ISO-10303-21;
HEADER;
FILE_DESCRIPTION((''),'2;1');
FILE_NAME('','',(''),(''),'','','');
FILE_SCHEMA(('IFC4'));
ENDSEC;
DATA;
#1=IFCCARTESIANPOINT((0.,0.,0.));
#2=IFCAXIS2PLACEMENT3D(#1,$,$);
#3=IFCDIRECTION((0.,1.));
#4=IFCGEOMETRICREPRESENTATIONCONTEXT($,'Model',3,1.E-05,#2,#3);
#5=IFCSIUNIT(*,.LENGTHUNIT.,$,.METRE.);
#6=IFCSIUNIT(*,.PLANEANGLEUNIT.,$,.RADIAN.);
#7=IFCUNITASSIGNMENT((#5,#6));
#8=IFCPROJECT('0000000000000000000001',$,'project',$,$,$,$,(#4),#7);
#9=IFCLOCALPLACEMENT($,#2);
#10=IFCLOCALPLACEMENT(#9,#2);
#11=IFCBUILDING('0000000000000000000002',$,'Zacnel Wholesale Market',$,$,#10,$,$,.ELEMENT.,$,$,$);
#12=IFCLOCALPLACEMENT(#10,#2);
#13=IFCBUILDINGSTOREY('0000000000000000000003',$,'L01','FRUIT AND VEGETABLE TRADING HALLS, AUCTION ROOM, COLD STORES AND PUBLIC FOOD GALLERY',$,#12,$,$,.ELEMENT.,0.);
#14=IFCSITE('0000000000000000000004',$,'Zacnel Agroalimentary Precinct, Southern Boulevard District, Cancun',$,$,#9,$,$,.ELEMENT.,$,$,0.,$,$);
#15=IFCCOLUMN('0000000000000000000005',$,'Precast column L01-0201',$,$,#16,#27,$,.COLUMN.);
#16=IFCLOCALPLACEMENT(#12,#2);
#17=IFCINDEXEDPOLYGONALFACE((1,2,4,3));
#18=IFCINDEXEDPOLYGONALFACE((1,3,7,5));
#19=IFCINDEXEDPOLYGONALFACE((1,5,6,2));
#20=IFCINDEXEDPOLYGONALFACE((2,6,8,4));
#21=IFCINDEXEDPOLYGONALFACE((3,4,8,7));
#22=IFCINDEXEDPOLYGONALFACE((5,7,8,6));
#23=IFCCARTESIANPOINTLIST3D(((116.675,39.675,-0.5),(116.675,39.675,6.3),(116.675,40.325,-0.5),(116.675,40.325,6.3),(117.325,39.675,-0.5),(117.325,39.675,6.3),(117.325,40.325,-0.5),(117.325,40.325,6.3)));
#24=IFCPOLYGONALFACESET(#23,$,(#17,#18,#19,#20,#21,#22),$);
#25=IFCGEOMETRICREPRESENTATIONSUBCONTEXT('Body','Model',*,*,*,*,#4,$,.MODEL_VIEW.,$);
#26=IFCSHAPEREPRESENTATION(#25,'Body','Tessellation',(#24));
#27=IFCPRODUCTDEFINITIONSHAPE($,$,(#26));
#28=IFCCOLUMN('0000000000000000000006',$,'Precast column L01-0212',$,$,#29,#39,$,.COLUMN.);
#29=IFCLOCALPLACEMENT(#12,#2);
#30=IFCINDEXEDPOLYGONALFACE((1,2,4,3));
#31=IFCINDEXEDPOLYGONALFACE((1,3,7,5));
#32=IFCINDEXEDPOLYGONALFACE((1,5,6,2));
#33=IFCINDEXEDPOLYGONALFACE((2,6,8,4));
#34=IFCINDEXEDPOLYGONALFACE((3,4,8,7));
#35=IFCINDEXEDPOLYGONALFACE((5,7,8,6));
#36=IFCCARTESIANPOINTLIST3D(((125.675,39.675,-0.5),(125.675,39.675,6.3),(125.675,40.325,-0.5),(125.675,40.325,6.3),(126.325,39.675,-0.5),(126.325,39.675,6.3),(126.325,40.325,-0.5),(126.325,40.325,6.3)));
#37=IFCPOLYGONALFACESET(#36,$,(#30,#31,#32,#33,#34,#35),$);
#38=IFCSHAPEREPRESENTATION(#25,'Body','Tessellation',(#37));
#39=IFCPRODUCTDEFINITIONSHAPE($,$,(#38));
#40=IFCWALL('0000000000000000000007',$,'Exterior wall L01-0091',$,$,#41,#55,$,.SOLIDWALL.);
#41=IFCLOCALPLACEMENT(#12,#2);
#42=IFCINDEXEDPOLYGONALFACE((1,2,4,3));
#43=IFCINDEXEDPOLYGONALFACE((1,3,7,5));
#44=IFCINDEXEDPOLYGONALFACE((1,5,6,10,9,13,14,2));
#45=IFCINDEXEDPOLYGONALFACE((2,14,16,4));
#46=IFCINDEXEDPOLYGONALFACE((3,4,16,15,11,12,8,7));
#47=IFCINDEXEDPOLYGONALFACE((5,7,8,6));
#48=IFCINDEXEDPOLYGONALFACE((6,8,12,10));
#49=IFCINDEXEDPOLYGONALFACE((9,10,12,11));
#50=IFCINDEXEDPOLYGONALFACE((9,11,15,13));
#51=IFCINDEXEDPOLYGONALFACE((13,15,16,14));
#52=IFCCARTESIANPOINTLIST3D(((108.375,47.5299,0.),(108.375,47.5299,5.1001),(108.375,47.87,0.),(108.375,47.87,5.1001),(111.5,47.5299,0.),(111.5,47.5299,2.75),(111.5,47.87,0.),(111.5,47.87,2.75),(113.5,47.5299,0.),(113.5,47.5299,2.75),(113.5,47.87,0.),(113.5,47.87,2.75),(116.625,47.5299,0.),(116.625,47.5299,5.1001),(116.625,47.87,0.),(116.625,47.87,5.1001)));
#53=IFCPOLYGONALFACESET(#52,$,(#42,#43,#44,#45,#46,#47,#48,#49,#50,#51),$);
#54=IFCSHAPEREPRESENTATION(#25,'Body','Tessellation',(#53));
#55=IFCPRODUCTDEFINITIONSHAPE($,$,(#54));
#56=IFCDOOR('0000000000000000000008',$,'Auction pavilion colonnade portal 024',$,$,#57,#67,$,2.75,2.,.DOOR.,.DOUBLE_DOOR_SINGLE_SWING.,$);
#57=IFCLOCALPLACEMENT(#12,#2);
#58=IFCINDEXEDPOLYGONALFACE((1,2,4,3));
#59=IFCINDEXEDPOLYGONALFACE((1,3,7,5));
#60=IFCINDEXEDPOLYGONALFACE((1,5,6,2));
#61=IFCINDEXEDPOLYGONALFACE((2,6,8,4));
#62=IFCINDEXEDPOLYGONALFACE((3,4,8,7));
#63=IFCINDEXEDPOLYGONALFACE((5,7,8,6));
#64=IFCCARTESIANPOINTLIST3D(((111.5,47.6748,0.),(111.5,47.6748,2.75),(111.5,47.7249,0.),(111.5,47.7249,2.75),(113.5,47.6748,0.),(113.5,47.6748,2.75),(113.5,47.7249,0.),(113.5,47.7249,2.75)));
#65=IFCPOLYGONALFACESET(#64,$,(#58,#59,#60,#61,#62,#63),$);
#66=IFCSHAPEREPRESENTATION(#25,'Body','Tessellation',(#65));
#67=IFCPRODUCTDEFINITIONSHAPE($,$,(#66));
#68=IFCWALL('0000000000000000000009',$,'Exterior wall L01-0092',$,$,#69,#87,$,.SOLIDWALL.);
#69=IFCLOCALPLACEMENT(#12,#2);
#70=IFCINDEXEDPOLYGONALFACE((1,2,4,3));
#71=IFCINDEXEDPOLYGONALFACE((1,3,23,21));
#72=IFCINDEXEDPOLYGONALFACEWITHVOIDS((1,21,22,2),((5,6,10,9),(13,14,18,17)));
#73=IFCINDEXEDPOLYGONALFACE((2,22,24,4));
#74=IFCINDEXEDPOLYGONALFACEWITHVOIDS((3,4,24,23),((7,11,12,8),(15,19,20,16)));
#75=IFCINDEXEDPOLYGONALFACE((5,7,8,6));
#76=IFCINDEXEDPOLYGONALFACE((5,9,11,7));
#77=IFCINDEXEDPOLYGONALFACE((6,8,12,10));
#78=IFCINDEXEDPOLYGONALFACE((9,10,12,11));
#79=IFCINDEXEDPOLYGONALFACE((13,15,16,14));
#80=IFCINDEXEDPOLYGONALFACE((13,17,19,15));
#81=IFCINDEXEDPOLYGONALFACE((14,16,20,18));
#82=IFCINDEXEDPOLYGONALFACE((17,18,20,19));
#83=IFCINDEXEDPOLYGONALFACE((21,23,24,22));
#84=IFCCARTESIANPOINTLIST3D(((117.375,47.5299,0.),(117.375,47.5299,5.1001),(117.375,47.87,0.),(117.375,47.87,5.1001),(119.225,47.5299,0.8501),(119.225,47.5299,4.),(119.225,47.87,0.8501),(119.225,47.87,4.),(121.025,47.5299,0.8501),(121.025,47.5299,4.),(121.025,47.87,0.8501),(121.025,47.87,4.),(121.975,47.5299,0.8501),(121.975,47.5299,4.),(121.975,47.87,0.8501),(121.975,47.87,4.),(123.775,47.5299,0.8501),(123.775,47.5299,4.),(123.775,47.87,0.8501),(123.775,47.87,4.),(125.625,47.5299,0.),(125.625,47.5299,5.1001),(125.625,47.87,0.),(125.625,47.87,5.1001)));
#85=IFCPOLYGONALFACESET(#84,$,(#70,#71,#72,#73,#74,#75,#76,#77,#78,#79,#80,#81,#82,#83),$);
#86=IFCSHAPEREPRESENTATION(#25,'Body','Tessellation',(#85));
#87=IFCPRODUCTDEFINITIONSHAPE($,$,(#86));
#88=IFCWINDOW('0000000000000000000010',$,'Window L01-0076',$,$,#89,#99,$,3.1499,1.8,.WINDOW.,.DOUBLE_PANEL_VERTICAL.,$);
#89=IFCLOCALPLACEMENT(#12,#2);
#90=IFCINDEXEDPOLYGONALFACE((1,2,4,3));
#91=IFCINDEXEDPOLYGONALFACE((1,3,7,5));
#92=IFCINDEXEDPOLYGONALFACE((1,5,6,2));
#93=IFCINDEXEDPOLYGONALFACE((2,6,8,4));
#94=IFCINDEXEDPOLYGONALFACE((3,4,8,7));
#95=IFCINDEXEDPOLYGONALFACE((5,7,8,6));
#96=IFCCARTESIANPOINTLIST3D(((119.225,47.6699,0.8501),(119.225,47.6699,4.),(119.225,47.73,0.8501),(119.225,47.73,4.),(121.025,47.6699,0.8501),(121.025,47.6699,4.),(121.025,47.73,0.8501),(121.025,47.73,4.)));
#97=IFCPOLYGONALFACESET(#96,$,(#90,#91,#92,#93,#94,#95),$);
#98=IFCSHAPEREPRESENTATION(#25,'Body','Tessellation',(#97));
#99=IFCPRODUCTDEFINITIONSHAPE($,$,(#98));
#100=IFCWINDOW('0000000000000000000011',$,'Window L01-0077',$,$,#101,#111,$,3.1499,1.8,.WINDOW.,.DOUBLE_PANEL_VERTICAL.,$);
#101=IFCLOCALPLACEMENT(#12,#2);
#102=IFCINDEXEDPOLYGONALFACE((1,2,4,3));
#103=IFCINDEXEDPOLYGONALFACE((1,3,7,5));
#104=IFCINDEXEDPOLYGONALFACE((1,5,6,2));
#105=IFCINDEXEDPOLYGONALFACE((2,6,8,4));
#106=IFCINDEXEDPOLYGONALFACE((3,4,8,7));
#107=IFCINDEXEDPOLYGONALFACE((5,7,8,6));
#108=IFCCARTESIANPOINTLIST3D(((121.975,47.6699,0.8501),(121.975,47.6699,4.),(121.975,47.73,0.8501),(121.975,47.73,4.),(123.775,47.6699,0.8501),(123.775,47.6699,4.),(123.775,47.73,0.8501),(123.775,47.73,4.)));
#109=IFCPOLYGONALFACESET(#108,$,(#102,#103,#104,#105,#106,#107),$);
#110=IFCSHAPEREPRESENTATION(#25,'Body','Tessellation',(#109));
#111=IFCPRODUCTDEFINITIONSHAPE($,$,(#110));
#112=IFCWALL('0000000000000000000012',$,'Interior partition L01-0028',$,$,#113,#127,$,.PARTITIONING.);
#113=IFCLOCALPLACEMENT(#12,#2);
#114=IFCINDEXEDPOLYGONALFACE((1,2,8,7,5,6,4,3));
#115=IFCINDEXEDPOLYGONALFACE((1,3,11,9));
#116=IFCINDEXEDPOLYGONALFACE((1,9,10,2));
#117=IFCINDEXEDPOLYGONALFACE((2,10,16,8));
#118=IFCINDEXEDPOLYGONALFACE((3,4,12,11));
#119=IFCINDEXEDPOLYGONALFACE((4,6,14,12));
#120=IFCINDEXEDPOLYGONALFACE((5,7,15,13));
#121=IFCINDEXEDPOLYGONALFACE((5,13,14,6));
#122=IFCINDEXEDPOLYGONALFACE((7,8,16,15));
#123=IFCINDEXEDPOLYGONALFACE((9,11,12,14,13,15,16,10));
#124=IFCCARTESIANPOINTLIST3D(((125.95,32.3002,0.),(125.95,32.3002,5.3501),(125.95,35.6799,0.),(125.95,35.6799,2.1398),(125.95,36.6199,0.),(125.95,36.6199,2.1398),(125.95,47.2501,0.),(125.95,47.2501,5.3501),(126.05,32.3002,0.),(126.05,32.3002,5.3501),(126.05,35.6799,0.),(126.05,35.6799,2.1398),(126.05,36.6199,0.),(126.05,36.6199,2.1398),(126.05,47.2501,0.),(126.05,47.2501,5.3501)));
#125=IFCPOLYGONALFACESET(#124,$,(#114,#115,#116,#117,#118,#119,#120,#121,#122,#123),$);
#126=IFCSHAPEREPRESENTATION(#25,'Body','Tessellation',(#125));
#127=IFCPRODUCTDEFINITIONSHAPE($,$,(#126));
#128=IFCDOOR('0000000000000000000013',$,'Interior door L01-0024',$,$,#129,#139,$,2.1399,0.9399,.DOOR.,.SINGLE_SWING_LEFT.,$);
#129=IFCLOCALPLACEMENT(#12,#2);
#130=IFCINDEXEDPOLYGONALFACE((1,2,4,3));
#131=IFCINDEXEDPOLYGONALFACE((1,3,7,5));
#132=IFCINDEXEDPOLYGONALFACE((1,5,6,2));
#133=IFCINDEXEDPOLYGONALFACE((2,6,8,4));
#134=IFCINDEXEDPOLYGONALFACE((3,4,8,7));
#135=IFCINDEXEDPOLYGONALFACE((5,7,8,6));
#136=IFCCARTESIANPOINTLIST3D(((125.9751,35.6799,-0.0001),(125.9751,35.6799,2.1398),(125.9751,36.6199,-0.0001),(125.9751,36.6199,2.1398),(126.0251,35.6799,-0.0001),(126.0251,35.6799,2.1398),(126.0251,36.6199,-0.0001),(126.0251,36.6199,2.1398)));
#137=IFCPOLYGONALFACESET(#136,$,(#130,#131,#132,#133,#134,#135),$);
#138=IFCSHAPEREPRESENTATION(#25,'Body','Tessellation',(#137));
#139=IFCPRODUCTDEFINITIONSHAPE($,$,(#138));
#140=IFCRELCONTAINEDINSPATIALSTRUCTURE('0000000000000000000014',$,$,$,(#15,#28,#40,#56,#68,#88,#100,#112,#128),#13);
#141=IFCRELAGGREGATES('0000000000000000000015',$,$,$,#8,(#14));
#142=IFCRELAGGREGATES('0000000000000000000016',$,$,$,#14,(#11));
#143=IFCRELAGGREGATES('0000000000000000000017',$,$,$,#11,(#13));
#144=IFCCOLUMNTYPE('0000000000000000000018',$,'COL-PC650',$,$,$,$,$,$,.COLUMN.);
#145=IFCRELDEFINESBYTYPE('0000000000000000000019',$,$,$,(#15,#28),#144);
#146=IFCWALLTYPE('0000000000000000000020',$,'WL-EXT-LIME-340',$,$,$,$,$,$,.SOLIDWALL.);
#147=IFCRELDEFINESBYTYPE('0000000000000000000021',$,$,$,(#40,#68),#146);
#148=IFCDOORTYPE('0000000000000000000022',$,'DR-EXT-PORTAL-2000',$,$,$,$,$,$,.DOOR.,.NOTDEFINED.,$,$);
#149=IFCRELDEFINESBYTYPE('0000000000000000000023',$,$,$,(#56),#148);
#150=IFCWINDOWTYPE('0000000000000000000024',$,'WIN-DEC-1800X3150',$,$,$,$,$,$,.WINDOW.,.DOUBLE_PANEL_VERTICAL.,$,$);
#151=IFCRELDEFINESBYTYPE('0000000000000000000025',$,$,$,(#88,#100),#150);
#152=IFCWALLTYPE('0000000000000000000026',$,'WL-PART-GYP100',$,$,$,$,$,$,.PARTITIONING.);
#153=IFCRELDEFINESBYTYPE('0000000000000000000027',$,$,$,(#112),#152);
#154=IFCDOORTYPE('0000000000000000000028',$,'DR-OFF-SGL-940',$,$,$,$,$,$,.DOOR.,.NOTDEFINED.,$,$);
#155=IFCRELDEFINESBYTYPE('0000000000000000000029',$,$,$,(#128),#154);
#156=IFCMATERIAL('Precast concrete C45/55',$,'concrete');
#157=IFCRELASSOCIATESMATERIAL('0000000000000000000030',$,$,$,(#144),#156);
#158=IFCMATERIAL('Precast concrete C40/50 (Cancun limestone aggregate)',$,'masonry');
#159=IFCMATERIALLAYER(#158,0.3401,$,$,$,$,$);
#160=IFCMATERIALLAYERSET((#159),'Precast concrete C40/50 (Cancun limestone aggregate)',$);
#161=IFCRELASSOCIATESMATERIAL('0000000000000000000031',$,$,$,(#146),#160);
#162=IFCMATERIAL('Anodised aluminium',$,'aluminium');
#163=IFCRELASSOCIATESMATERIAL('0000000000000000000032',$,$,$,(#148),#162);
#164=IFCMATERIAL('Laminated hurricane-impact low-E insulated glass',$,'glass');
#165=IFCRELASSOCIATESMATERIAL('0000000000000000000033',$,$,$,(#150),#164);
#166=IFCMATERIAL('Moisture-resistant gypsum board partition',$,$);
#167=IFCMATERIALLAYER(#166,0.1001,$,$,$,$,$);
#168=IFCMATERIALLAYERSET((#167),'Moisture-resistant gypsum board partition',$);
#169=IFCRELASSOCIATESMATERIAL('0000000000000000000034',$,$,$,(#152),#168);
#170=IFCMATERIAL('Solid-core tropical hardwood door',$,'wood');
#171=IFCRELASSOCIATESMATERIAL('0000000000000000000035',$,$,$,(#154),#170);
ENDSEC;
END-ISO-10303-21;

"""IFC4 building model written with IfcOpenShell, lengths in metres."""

from ifc_helpers import new_model, si_unit, direction, frame, frame_2d, origin, origin_2d, place, context, subcontext, project, spatial, rectangle, extrude, material, layer, layer_set, material_profile, profile_set, type_object, element, fill, save


model = new_model("IFC4")

# Units and contexts
model_context = context("Model", 3, precision=1e-05, world=origin(), true_north=direction((0.0, 1.0)))
body_context = subcontext(model_context, "Body", "Model", "MODEL_VIEW")
ifc_project = project(units=[si_unit("LENGTHUNIT", "METRE"), si_unit("PLANEANGLEUNIT", "RADIAN")], contexts=[model_context])

# Site, building, storey
site_placement = place(None, origin())
site = spatial("IfcSite", under=ifc_project, at=site_placement, Name="Zacnel Agroalimentary Precinct, Southern Boulevard District, Cancun", CompositionType="ELEMENT", RefElevation=0.0)
building_placement = place(site_placement, origin())
building = spatial("IfcBuilding", under=site, at=building_placement, Name="Zacnel Wholesale Market", CompositionType="ELEMENT")
storey_placement = place(building_placement, origin())
storey = spatial("IfcBuildingStorey", under=building, at=storey_placement, Name="L01", Description="FRUIT AND VEGETABLE TRADING HALLS, AUCTION ROOM, COLD STORES AND PUBLIC FOOD GALLERY", CompositionType="ELEMENT", Elevation=0.0)

# Columns
ifc_material_1 = material(Name="Precast concrete C45/55", Category="concrete")
ifc_material_profile_1 = material_profile(ifc_material_1, rectangle(XDim=0.6499, YDim=0.6499, at=origin_2d()), Name="PC 650x650")
ifc_profile_set_1 = profile_set([ifc_material_profile_1], Name="Precast concrete C45/55")
column_type_1 = type_object("IfcColumnType", Name="COL-PC650", PredefinedType="COLUMN", material=ifc_profile_set_1)
for number, where, z_axis, x_axis, name in (
    (1, (117.0, 40.0, -0.5), (0.0, 0.0, 1.0), (1.0, 0.0, 0.0), "Precast column L01-0201"),
    (2, (126.0, 40.0, -0.5), (0.0, 0.0, 1.0), (1.0, 0.0, 0.0), "Precast column L01-0212"),
):
    element("IfcColumn", number, at=place(storey_placement, frame(where, z_axis=z_axis, x_axis=x_axis)), inside=storey, type_object=column_type_1, Name=name, PredefinedType="COLUMN", context=body_context, shape_type="SweptSolid", body=[
        extrude(rectangle(XDim=0.6499, YDim=0.6499, at=origin_2d()), origin(), (0.0, 0.0, 1.0), 6.8),
    ])

# Wall, opening, door
ifc_material_2 = material(Name="Precast concrete C40/50 (Cancun limestone aggregate)", Category="masonry")
ifc_layer_1 = layer(ifc_material_2, 0.3401)
ifc_layer_set_1 = layer_set([ifc_layer_1], Name="Precast concrete C40/50 (Cancun limestone aggregate)")
wall_type_1 = type_object("IfcWallType", Name="WL-EXT-LIME-340", PredefinedType="SOLIDWALL", material=ifc_layer_set_1)
wall_1_placement = place(storey_placement, frame((108.375, 47.7, 0.0), z_axis=(0.0, 0.0, 1.0), x_axis=(1.0, 0.0, 0.0)))
wall_1 = element("IfcWall", 3, at=wall_1_placement, inside=storey, type_object=wall_type_1, Name="Exterior wall L01-0091", PredefinedType="SOLIDWALL", context=body_context, shape_type="SweptSolid", body=[
    extrude(rectangle(XDim=8.25, YDim=0.3401, at=frame_2d((4.125, 0.0))), origin(), (0.0, 0.0, 1.0), 5.1001),
])
opening_1_placement = place(wall_1_placement, frame((3.125, 0.0, 0.0)))
opening_1 = element("IfcOpeningElement", 4, at=opening_1_placement, cuts=wall_1, PredefinedType="OPENING", context=body_context, shape_type="SweptSolid", body=[
    extrude(rectangle(XDim=2.0, YDim=2.75, at=frame_2d((1.0, 1.375))), frame((0.0, 0.1799, 0.0), z_axis=(0.0, -1.0, 0.0), x_axis=(1.0, 0.0, 0.0)), (0.0, 0.0, 1.0), 0.3601),
])
ifc_material_3 = material(Name="Anodised aluminium", Category="aluminium")
door_type_1 = type_object("IfcDoorType", Name="DR-EXT-PORTAL-2000", OperationType="NOTDEFINED", PredefinedType="DOOR", material=ifc_material_3)
door_1_placement = place(opening_1_placement, origin())
door_1 = element("IfcDoor", 5, at=door_1_placement, inside=storey, type_object=door_type_1, Name="Auction pavilion colonnade portal 024", OperationType="DOUBLE_DOOR_SINGLE_SWING", OverallHeight=2.75, OverallWidth=2.0, PredefinedType="DOOR", context=body_context, shape_type="SweptSolid", body=[
    extrude(rectangle(XDim=2.0, YDim=2.75, at=frame_2d((1.0, 1.375))), frame((0.0, 0.0249, 0.0), z_axis=(0.0, -1.0, 0.0), x_axis=(1.0, 0.0, 0.0)), (0.0, 0.0, 1.0), 0.05),
])
fill(opening_1, door_1)

# Wall, openings, windows
wall_2_placement = place(storey_placement, frame((117.375, 47.7, 0.0), z_axis=(0.0, 0.0, 1.0), x_axis=(1.0, 0.0, 0.0)))
wall_2 = element("IfcWall", 6, at=wall_2_placement, inside=storey, type_object=wall_type_1, Name="Exterior wall L01-0092", PredefinedType="SOLIDWALL", context=body_context, shape_type="SweptSolid", body=[
    extrude(rectangle(XDim=8.25, YDim=0.3401, at=frame_2d((4.125, 0.0))), origin(), (0.0, 0.0, 1.0), 5.1001),
])
opening_2_placement = place(wall_2_placement, frame((1.8501, 0.0, 0.8501)))
opening_2 = element("IfcOpeningElement", 7, at=opening_2_placement, cuts=wall_2, PredefinedType="OPENING", context=body_context, shape_type="SweptSolid", body=[
    extrude(rectangle(XDim=1.8, YDim=3.1499, at=frame_2d((0.8999, 1.575))), frame((0.0, 0.1799, 0.0), z_axis=(0.0, -1.0, 0.0), x_axis=(1.0, 0.0, 0.0)), (0.0, 0.0, 1.0), 0.3601),
])
opening_3_placement = place(wall_2_placement, frame((4.6001, 0.0, 0.8501)))
opening_3 = element("IfcOpeningElement", 8, at=opening_3_placement, cuts=wall_2, PredefinedType="OPENING", context=body_context, shape_type="SweptSolid", body=[
    extrude(rectangle(XDim=1.8, YDim=3.1499, at=frame_2d((0.8999, 1.575))), frame((0.0, 0.1799, 0.0), z_axis=(0.0, -1.0, 0.0), x_axis=(1.0, 0.0, 0.0)), (0.0, 0.0, 1.0), 0.3601),
])
ifc_material_4 = material(Name="Laminated hurricane-impact low-E insulated glass", Category="glass")
window_type = type_object("IfcWindowType", Name="WIN-DEC-1800X3150", PartitioningType="DOUBLE_PANEL_VERTICAL", PredefinedType="WINDOW", material=ifc_material_4)
window_1_placement = place(opening_2_placement, origin())
window_1 = element("IfcWindow", 9, at=window_1_placement, inside=storey, type_object=window_type, Name="Window L01-0076", OverallHeight=3.1499, OverallWidth=1.8, PartitioningType="DOUBLE_PANEL_VERTICAL", PredefinedType="WINDOW", context=body_context, shape_type="SweptSolid", body=[
    extrude(rectangle(XDim=1.8, YDim=3.1499, at=frame_2d((0.8999, 1.575))), frame((0.0, 0.03, 0.0), z_axis=(0.0, -1.0, 0.0), x_axis=(1.0, 0.0, 0.0)), (0.0, 0.0, 1.0), 0.0601),
])
fill(opening_2, window_1)
window_2_placement = place(opening_3_placement, origin())
window_2 = element("IfcWindow", 10, at=window_2_placement, inside=storey, type_object=window_type, Name="Window L01-0077", OverallHeight=3.1499, OverallWidth=1.8, PartitioningType="DOUBLE_PANEL_VERTICAL", PredefinedType="WINDOW", context=body_context, shape_type="SweptSolid", body=[
    extrude(rectangle(XDim=1.8, YDim=3.1499, at=frame_2d((0.8999, 1.575))), frame((0.0, 0.03, 0.0), z_axis=(0.0, -1.0, 0.0), x_axis=(1.0, 0.0, 0.0)), (0.0, 0.0, 1.0), 0.0601),
])
fill(opening_3, window_2)

# Wall, opening, door
ifc_material_5 = material(Name="Moisture-resistant gypsum board partition")
ifc_layer_2 = layer(ifc_material_5, 0.1001)
ifc_layer_set_2 = layer_set([ifc_layer_2], Name="Moisture-resistant gypsum board partition")
wall_type_2 = type_object("IfcWallType", Name="WL-PART-GYP100", PredefinedType="PARTITIONING", material=ifc_layer_set_2)
wall_3_placement = place(storey_placement, frame((126.0, 32.3, 0.0), z_axis=(0.0, 0.0, 1.0), x_axis=(0.0, 1.0, 0.0)))
wall_3 = element("IfcWall", 11, at=wall_3_placement, inside=storey, type_object=wall_type_2, Name="Interior partition L01-0028", PredefinedType="PARTITIONING", context=body_context, shape_type="SweptSolid", body=[
    extrude(rectangle(XDim=14.95, YDim=0.1001, at=frame_2d((7.4751, 0.0))), origin(), (0.0, 0.0, 1.0), 5.3501),
])
opening_4_placement = place(wall_3_placement, frame((3.3799, 0.0, 0.0)))
opening_4 = element("IfcOpeningElement", 12, at=opening_4_placement, cuts=wall_3, PredefinedType="OPENING", context=body_context, shape_type="SweptSolid", body=[
    extrude(rectangle(XDim=0.9399, YDim=2.1399, at=frame_2d((0.47, 1.0698))), frame((0.0, 0.0601, 0.0), z_axis=(0.0, -1.0, 0.0), x_axis=(1.0, 0.0, 0.0)), (0.0, 0.0, 1.0), 0.1201),
])
ifc_material_6 = material(Name="Solid-core tropical hardwood door", Category="wood")
door_type_2 = type_object("IfcDoorType", Name="DR-OFF-SGL-940", OperationType="NOTDEFINED", PredefinedType="DOOR", material=ifc_material_6)
door_2_placement = place(opening_4_placement, origin())
door_2 = element("IfcDoor", 13, at=door_2_placement, inside=storey, type_object=door_type_2, Name="Interior door L01-0024", OperationType="SINGLE_SWING_LEFT", OverallHeight=2.1399, OverallWidth=0.9399, PredefinedType="DOOR", context=body_context, shape_type="SweptSolid", body=[
    extrude(rectangle(XDim=0.9399, YDim=2.1399, at=frame_2d((0.47, 1.0698))), frame((0.0, 0.0249, 0.0), z_axis=(0.0, -1.0, 0.0), x_axis=(1.0, 0.0, 0.0)), (0.0, 0.0, 1.0), 0.05),
])
fill(opening_4, door_2)

save(model, "model.ifc")
